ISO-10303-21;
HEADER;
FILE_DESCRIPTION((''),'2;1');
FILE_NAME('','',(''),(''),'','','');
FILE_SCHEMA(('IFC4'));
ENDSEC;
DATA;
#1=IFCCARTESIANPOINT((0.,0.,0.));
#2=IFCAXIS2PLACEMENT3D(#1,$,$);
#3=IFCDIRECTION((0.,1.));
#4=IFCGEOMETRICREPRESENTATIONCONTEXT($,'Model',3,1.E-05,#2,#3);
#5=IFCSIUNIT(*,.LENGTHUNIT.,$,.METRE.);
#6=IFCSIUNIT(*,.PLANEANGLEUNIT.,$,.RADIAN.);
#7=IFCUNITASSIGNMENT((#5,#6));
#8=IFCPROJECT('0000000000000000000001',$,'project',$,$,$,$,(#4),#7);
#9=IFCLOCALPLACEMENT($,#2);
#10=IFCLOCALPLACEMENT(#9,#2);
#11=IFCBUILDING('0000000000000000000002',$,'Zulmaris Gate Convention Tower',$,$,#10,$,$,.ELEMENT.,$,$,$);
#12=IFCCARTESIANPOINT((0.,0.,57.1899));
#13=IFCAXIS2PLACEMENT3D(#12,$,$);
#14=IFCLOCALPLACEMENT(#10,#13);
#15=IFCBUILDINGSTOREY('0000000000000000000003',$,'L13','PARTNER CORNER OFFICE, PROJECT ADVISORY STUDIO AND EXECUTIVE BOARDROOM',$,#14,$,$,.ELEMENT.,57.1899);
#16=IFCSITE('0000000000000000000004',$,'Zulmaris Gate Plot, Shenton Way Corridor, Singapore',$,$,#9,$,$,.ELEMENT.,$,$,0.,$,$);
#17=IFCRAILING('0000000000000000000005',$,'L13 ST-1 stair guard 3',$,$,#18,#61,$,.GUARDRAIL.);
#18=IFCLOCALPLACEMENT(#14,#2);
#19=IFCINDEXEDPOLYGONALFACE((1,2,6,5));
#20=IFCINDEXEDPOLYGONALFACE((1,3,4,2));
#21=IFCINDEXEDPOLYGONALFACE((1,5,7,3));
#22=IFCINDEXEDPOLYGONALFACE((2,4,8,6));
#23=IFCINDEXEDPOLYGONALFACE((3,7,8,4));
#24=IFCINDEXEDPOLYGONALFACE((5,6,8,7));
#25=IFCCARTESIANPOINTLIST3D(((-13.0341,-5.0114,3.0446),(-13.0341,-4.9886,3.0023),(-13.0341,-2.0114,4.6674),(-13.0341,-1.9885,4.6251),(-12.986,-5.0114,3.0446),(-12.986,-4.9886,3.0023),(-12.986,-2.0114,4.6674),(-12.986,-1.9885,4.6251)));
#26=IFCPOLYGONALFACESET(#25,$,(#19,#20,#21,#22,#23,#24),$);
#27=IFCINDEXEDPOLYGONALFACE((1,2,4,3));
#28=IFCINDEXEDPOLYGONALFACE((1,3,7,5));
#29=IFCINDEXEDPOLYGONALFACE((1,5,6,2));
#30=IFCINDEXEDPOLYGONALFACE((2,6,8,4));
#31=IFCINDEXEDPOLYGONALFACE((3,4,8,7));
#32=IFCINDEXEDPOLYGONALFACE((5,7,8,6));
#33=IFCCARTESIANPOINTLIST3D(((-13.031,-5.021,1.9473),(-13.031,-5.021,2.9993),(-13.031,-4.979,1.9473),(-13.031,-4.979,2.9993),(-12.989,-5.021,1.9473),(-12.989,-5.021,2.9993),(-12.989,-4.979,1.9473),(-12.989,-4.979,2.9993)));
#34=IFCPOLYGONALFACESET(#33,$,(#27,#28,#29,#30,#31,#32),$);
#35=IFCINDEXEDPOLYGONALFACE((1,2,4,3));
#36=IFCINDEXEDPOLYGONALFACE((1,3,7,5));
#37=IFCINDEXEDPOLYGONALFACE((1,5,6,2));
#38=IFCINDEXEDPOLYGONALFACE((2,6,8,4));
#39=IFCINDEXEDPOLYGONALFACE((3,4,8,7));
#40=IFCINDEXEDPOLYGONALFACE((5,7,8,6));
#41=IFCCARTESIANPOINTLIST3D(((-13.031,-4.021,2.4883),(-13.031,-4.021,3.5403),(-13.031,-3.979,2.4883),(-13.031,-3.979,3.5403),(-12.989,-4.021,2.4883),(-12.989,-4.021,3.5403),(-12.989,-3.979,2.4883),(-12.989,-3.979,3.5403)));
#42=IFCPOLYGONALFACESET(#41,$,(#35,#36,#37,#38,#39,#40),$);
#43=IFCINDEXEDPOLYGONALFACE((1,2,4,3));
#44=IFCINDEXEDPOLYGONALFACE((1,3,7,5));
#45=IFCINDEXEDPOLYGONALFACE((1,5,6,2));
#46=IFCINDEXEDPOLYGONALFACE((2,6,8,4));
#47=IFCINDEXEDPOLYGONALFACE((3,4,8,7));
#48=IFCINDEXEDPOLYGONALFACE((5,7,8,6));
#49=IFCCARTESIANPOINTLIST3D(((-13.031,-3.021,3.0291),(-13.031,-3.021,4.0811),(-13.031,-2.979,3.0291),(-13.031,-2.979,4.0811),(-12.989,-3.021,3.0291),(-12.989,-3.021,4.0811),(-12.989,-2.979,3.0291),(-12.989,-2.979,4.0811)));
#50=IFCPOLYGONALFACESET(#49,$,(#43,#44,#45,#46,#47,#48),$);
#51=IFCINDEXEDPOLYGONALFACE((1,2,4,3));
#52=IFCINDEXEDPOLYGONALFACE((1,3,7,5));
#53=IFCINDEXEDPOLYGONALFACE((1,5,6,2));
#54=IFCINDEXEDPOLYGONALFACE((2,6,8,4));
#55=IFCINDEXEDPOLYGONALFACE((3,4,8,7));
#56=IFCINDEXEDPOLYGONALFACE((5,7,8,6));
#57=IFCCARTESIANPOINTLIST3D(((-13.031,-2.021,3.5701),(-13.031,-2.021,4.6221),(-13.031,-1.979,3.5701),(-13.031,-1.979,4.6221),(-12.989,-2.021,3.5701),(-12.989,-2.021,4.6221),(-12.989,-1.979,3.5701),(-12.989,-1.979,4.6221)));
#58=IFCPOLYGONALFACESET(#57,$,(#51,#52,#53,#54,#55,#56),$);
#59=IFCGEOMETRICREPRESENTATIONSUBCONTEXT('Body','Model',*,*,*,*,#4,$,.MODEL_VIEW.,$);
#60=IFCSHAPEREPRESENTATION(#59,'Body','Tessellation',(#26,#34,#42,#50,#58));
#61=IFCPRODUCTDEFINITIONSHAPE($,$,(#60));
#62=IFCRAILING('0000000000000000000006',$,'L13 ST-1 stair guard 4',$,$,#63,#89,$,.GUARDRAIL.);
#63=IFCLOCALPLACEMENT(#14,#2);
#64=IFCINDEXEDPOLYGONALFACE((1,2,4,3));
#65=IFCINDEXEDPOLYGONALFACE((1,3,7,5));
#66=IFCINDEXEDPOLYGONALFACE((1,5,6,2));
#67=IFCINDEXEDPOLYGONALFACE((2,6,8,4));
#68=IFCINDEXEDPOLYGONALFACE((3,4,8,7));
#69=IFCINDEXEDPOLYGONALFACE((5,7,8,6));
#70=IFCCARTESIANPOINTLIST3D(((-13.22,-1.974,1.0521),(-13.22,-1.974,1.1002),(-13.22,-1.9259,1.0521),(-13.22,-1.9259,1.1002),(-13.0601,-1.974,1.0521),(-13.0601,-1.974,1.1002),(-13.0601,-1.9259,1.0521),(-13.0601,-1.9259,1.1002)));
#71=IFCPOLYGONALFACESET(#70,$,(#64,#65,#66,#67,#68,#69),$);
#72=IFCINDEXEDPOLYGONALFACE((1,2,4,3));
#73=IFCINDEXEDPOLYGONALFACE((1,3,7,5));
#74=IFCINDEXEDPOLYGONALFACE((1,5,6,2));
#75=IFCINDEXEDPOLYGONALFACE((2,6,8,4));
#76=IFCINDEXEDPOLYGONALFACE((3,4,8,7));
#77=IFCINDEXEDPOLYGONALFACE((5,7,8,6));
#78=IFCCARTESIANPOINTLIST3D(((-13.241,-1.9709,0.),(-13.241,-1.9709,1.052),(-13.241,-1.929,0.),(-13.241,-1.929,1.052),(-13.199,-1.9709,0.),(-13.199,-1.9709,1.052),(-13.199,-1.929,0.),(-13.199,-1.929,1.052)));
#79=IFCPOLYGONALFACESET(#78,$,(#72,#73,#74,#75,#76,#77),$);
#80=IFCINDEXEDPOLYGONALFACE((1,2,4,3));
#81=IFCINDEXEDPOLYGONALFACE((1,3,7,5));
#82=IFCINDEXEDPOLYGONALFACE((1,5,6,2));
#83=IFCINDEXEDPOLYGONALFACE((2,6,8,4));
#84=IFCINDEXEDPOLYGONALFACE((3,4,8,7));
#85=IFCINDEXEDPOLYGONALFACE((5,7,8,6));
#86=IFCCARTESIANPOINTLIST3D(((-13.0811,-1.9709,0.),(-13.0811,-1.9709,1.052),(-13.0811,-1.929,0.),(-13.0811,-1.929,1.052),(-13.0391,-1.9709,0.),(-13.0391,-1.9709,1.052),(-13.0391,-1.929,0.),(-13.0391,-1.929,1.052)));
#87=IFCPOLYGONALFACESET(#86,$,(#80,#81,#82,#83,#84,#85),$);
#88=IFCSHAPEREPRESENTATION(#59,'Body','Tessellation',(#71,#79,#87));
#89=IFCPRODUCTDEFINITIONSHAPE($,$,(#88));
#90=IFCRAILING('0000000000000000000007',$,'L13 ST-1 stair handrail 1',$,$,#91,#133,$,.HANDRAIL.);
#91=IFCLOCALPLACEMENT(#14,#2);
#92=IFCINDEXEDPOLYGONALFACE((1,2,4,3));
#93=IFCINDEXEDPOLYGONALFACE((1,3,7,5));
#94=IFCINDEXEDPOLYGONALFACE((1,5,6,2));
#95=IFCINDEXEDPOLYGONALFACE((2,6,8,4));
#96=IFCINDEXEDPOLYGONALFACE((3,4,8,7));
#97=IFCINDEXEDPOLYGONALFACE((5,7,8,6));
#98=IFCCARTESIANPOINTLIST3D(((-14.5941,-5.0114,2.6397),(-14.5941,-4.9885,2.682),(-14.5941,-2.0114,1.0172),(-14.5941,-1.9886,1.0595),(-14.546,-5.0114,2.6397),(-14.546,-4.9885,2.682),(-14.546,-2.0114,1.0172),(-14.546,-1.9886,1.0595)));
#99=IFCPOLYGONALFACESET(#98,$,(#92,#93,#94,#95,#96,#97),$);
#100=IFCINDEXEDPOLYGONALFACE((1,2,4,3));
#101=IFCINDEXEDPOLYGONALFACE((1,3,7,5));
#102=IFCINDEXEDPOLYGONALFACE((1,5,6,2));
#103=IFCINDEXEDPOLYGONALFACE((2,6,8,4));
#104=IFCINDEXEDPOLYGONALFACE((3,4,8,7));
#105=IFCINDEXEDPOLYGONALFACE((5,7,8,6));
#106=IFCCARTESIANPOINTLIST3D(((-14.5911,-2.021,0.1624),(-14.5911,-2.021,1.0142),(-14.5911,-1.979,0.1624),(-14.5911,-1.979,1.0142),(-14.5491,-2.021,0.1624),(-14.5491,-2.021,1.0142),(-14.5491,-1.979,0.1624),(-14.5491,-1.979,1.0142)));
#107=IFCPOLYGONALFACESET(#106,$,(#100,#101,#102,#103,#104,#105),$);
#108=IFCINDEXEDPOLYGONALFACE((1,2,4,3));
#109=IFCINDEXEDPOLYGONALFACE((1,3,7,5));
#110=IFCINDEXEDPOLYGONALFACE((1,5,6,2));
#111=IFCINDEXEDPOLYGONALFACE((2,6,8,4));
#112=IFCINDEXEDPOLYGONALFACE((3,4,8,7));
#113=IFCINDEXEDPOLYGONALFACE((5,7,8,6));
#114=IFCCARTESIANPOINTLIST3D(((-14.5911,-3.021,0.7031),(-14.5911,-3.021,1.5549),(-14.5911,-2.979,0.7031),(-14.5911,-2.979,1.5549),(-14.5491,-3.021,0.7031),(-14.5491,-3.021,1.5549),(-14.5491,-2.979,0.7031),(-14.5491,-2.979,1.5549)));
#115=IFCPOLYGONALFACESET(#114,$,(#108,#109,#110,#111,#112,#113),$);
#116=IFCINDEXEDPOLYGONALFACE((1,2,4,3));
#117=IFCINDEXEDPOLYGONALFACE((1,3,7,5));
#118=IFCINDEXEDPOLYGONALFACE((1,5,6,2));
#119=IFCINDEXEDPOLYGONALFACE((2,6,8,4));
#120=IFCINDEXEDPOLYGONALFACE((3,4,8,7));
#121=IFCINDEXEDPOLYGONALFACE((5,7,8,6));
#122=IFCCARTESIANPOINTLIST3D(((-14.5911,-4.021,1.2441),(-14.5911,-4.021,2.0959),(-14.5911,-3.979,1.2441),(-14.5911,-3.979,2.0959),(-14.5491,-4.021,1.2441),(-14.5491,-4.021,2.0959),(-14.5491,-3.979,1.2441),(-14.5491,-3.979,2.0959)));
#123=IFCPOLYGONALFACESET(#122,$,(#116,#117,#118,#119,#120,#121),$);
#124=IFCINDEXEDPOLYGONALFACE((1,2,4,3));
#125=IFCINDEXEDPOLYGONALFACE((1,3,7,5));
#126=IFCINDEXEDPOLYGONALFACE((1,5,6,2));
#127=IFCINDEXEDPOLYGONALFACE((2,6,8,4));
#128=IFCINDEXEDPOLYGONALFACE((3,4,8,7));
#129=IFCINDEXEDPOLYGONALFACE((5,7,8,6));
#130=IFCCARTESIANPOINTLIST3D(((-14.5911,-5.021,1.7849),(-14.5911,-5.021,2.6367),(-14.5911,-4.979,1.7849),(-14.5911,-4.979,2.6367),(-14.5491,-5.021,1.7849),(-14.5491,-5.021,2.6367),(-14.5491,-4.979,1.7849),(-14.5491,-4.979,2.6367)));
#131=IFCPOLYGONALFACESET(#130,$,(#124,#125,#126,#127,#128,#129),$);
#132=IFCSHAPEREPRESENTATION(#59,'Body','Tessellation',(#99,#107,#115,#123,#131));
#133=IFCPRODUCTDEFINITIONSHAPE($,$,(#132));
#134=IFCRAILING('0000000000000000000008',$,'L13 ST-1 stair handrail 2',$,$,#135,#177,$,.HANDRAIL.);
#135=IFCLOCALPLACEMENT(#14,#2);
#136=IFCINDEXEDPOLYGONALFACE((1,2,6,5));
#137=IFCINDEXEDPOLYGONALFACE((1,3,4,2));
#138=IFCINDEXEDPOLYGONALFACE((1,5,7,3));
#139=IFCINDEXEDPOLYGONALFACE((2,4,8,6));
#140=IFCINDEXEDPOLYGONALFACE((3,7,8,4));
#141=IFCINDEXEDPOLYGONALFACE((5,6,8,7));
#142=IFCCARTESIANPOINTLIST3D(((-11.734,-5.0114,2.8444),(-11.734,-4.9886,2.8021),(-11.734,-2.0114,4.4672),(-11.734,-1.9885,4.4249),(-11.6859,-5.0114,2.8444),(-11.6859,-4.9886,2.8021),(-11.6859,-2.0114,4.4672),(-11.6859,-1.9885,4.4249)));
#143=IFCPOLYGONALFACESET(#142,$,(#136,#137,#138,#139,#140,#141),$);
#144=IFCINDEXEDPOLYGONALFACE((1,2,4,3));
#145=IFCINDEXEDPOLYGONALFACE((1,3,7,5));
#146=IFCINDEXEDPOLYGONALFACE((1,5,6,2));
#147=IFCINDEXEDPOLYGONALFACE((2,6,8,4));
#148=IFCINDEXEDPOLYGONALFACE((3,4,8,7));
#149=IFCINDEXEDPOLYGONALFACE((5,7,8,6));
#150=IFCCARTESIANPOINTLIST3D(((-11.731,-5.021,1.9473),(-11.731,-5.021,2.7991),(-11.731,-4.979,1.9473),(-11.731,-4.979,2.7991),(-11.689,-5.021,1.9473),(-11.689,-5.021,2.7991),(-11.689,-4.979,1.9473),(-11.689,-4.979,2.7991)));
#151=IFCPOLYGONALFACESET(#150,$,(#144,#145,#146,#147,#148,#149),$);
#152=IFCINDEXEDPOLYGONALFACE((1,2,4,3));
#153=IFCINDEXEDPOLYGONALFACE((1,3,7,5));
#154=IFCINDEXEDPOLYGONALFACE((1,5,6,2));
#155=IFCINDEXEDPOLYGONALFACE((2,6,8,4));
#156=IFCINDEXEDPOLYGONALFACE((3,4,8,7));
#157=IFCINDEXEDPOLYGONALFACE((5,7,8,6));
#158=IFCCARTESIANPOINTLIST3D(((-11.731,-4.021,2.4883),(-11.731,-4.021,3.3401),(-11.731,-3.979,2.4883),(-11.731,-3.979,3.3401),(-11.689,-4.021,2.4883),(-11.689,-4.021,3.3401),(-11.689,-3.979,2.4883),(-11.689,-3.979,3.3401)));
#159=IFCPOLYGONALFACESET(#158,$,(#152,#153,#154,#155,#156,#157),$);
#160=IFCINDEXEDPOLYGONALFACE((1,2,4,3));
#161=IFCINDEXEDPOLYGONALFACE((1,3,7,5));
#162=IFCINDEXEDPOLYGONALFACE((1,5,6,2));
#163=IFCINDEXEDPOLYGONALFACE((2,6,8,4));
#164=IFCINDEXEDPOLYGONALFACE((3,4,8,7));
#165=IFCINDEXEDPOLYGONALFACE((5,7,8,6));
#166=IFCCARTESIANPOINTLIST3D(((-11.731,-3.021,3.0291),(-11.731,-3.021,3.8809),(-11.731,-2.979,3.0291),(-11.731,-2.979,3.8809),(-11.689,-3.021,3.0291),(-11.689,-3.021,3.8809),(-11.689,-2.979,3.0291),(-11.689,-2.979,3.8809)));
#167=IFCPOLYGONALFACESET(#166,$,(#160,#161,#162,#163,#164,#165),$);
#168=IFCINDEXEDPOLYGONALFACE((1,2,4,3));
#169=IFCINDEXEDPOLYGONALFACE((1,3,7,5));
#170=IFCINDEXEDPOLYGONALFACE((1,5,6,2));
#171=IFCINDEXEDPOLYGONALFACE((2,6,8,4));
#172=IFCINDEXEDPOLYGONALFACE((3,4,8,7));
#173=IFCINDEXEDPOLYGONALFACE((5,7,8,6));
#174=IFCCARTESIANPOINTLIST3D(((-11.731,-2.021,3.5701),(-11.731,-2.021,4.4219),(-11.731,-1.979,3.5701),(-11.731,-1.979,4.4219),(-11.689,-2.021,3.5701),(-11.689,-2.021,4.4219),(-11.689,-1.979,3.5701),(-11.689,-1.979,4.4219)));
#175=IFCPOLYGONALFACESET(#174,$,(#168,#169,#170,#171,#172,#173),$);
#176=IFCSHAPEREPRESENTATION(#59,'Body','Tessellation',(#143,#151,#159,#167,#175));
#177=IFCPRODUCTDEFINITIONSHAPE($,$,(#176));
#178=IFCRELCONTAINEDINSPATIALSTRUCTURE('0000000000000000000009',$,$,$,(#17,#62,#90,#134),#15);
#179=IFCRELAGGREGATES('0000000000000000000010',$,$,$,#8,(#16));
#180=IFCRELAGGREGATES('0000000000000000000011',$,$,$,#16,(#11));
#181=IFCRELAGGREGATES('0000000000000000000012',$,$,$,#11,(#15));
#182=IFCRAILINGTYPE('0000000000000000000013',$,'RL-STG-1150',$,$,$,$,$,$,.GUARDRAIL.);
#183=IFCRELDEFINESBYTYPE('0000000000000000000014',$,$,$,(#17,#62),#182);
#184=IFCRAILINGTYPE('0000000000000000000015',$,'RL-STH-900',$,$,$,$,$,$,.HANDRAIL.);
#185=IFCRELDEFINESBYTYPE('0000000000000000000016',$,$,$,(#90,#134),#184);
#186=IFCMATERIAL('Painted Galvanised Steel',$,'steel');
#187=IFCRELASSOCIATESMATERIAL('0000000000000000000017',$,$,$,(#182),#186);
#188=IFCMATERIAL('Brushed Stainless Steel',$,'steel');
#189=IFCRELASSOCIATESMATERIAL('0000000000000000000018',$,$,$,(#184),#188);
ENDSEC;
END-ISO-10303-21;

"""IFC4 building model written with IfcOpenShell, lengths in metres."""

from ifc_helpers import new_model, si_unit, direction, frame, origin, origin_2d, place, context, subcontext, project, spatial, rectangle, extrude, material, type_object, element, save


model = new_model("IFC4")

# Units and contexts
model_context = context("Model", 3, precision=1e-05, world=origin(), true_north=direction((0.0, 1.0)))
body_context = subcontext(model_context, "Body", "Model", "MODEL_VIEW")
ifc_project = project(units=[si_unit("LENGTHUNIT", "METRE"), si_unit("PLANEANGLEUNIT", "RADIAN")], contexts=[model_context])

# Site, building, storey
site_placement = place(None, origin())
site = spatial("IfcSite", under=ifc_project, at=site_placement, Name="Zulmaris Gate Plot, Shenton Way Corridor, Singapore", CompositionType="ELEMENT", RefElevation=0.0)
building_placement = place(site_placement, origin())
building = spatial("IfcBuilding", under=site, at=building_placement, Name="Zulmaris Gate Convention Tower", CompositionType="ELEMENT")
storey_placement = place(building_placement, frame((0.0, 0.0, 57.1899)))
storey = spatial("IfcBuildingStorey", under=building, at=storey_placement, Name="L13", Description="PARTNER CORNER OFFICE, PROJECT ADVISORY STUDIO AND EXECUTIVE BOARDROOM", CompositionType="ELEMENT", Elevation=57.1899)

# Railings
ifc_material_1 = material(Name="Painted Galvanised Steel", Category="steel")
railing_type_1 = type_object("IfcRailingType", Name="RL-STG-1150", PredefinedType="GUARDRAIL", material=ifc_material_1)
railing_1_placement = place(storey_placement, frame((-13.01, -5.0, 1.9473)))
element("IfcRailing", 1, at=railing_1_placement, inside=storey, type_object=railing_type_1, Name="L13 ST-1 stair guard 3", PredefinedType="GUARDRAIL", context=body_context, shape_type="SweptSolid", body=[
    extrude(rectangle(XDim=0.0481, YDim=0.0481, at=origin_2d()), frame((0.0, 0.0, 1.0762), z_axis=(0.0, 0.879562, 0.475785), x_axis=(-1.0, 0.0, 0.0)), (0.0, 0.0, 1.0), 3.4109),
    extrude(rectangle(XDim=0.042, YDim=0.042, at=origin_2d()), origin(), (0.0, 0.0, 1.0), 1.052),
    extrude(rectangle(XDim=0.042, YDim=0.042, at=origin_2d()), frame((0.0, 1.0, 0.541)), (0.0, 0.0, 1.0), 1.052),
    extrude(rectangle(XDim=0.042, YDim=0.042, at=origin_2d()), frame((0.0, 2.0, 1.0818)), (0.0, 0.0, 1.0), 1.052),
    extrude(rectangle(XDim=0.042, YDim=0.042, at=origin_2d()), frame((0.0, 3.0, 1.6228)), (0.0, 0.0, 1.0), 1.052),
])
railing_2_placement = place(storey_placement, frame((-13.22, -1.95, 0.0)))
element("IfcRailing", 2, at=railing_2_placement, inside=storey, type_object=railing_type_1, Name="L13 ST-1 stair guard 4", PredefinedType="GUARDRAIL", context=body_context, shape_type="SweptSolid", body=[
    extrude(rectangle(XDim=0.0481, YDim=0.0481, at=origin_2d()), frame((0.0, 0.0, 1.0762), z_axis=(1.0, 0.0, 0.0), x_axis=(0.0, 1.0, 0.0)), (0.0, 0.0, 1.0), 0.1599),
    extrude(rectangle(XDim=0.042, YDim=0.042, at=origin_2d()), origin(), (0.0, 0.0, 1.0), 1.052),
    extrude(rectangle(XDim=0.042, YDim=0.042, at=origin_2d()), frame((0.1599, 0.0, 0.0)), (0.0, 0.0, 1.0), 1.052),
])
ifc_material_2 = material(Name="Brushed Stainless Steel", Category="steel")
railing_type_2 = type_object("IfcRailingType", Name="RL-STH-900", PredefinedType="HANDRAIL", material=ifc_material_2)
railing_3_placement = place(storey_placement, frame((-14.5701, -2.0, 0.1624)))
element("IfcRailing", 3, at=railing_3_placement, inside=storey, type_object=railing_type_2, Name="L13 ST-1 stair handrail 1", PredefinedType="HANDRAIL", context=body_context, shape_type="SweptSolid", body=[
    extrude(rectangle(XDim=0.0481, YDim=0.0481, at=origin_2d()), frame((0.0, 0.0, 0.876), z_axis=(0.0, -0.879592, 0.47573), x_axis=(1.0, 0.0, 0.0)), (0.0, 0.0, 1.0), 3.4106),
    extrude(rectangle(XDim=0.042, YDim=0.042, at=origin_2d()), origin(), (0.0, 0.0, 1.0), 0.8518),
    extrude(rectangle(XDim=0.042, YDim=0.042, at=origin_2d()), frame((0.0, -1.0, 0.5408)), (0.0, 0.0, 1.0), 0.8518),
    extrude(rectangle(XDim=0.042, YDim=0.042, at=origin_2d()), frame((0.0, -2.0, 1.0818)), (0.0, 0.0, 1.0), 0.8518),
    extrude(rectangle(XDim=0.042, YDim=0.042, at=origin_2d()), frame((0.0, -3.0, 1.6226)), (0.0, 0.0, 1.0), 0.8518),
])
railing_4_placement = place(storey_placement, frame((-11.71, -5.0, 1.9473)))
element("IfcRailing", 4, at=railing_4_placement, inside=storey, type_object=railing_type_2, Name="L13 ST-1 stair handrail 2", PredefinedType="HANDRAIL", context=body_context, shape_type="SweptSolid", body=[
    extrude(rectangle(XDim=0.0481, YDim=0.0481, at=origin_2d()), frame((0.0, 0.0, 0.876), z_axis=(0.0, 0.879562, 0.475785), x_axis=(-1.0, 0.0, 0.0)), (0.0, 0.0, 1.0), 3.4109),
    extrude(rectangle(XDim=0.042, YDim=0.042, at=origin_2d()), origin(), (0.0, 0.0, 1.0), 0.8518),
    extrude(rectangle(XDim=0.042, YDim=0.042, at=origin_2d()), frame((0.0, 1.0, 0.541)), (0.0, 0.0, 1.0), 0.8518),
    extrude(rectangle(XDim=0.042, YDim=0.042, at=origin_2d()), frame((0.0, 2.0, 1.0818)), (0.0, 0.0, 1.0), 0.8518),
    extrude(rectangle(XDim=0.042, YDim=0.042, at=origin_2d()), frame((0.0, 3.0, 1.6228)), (0.0, 0.0, 1.0), 0.8518),
])

save(model, "model.ifc")
